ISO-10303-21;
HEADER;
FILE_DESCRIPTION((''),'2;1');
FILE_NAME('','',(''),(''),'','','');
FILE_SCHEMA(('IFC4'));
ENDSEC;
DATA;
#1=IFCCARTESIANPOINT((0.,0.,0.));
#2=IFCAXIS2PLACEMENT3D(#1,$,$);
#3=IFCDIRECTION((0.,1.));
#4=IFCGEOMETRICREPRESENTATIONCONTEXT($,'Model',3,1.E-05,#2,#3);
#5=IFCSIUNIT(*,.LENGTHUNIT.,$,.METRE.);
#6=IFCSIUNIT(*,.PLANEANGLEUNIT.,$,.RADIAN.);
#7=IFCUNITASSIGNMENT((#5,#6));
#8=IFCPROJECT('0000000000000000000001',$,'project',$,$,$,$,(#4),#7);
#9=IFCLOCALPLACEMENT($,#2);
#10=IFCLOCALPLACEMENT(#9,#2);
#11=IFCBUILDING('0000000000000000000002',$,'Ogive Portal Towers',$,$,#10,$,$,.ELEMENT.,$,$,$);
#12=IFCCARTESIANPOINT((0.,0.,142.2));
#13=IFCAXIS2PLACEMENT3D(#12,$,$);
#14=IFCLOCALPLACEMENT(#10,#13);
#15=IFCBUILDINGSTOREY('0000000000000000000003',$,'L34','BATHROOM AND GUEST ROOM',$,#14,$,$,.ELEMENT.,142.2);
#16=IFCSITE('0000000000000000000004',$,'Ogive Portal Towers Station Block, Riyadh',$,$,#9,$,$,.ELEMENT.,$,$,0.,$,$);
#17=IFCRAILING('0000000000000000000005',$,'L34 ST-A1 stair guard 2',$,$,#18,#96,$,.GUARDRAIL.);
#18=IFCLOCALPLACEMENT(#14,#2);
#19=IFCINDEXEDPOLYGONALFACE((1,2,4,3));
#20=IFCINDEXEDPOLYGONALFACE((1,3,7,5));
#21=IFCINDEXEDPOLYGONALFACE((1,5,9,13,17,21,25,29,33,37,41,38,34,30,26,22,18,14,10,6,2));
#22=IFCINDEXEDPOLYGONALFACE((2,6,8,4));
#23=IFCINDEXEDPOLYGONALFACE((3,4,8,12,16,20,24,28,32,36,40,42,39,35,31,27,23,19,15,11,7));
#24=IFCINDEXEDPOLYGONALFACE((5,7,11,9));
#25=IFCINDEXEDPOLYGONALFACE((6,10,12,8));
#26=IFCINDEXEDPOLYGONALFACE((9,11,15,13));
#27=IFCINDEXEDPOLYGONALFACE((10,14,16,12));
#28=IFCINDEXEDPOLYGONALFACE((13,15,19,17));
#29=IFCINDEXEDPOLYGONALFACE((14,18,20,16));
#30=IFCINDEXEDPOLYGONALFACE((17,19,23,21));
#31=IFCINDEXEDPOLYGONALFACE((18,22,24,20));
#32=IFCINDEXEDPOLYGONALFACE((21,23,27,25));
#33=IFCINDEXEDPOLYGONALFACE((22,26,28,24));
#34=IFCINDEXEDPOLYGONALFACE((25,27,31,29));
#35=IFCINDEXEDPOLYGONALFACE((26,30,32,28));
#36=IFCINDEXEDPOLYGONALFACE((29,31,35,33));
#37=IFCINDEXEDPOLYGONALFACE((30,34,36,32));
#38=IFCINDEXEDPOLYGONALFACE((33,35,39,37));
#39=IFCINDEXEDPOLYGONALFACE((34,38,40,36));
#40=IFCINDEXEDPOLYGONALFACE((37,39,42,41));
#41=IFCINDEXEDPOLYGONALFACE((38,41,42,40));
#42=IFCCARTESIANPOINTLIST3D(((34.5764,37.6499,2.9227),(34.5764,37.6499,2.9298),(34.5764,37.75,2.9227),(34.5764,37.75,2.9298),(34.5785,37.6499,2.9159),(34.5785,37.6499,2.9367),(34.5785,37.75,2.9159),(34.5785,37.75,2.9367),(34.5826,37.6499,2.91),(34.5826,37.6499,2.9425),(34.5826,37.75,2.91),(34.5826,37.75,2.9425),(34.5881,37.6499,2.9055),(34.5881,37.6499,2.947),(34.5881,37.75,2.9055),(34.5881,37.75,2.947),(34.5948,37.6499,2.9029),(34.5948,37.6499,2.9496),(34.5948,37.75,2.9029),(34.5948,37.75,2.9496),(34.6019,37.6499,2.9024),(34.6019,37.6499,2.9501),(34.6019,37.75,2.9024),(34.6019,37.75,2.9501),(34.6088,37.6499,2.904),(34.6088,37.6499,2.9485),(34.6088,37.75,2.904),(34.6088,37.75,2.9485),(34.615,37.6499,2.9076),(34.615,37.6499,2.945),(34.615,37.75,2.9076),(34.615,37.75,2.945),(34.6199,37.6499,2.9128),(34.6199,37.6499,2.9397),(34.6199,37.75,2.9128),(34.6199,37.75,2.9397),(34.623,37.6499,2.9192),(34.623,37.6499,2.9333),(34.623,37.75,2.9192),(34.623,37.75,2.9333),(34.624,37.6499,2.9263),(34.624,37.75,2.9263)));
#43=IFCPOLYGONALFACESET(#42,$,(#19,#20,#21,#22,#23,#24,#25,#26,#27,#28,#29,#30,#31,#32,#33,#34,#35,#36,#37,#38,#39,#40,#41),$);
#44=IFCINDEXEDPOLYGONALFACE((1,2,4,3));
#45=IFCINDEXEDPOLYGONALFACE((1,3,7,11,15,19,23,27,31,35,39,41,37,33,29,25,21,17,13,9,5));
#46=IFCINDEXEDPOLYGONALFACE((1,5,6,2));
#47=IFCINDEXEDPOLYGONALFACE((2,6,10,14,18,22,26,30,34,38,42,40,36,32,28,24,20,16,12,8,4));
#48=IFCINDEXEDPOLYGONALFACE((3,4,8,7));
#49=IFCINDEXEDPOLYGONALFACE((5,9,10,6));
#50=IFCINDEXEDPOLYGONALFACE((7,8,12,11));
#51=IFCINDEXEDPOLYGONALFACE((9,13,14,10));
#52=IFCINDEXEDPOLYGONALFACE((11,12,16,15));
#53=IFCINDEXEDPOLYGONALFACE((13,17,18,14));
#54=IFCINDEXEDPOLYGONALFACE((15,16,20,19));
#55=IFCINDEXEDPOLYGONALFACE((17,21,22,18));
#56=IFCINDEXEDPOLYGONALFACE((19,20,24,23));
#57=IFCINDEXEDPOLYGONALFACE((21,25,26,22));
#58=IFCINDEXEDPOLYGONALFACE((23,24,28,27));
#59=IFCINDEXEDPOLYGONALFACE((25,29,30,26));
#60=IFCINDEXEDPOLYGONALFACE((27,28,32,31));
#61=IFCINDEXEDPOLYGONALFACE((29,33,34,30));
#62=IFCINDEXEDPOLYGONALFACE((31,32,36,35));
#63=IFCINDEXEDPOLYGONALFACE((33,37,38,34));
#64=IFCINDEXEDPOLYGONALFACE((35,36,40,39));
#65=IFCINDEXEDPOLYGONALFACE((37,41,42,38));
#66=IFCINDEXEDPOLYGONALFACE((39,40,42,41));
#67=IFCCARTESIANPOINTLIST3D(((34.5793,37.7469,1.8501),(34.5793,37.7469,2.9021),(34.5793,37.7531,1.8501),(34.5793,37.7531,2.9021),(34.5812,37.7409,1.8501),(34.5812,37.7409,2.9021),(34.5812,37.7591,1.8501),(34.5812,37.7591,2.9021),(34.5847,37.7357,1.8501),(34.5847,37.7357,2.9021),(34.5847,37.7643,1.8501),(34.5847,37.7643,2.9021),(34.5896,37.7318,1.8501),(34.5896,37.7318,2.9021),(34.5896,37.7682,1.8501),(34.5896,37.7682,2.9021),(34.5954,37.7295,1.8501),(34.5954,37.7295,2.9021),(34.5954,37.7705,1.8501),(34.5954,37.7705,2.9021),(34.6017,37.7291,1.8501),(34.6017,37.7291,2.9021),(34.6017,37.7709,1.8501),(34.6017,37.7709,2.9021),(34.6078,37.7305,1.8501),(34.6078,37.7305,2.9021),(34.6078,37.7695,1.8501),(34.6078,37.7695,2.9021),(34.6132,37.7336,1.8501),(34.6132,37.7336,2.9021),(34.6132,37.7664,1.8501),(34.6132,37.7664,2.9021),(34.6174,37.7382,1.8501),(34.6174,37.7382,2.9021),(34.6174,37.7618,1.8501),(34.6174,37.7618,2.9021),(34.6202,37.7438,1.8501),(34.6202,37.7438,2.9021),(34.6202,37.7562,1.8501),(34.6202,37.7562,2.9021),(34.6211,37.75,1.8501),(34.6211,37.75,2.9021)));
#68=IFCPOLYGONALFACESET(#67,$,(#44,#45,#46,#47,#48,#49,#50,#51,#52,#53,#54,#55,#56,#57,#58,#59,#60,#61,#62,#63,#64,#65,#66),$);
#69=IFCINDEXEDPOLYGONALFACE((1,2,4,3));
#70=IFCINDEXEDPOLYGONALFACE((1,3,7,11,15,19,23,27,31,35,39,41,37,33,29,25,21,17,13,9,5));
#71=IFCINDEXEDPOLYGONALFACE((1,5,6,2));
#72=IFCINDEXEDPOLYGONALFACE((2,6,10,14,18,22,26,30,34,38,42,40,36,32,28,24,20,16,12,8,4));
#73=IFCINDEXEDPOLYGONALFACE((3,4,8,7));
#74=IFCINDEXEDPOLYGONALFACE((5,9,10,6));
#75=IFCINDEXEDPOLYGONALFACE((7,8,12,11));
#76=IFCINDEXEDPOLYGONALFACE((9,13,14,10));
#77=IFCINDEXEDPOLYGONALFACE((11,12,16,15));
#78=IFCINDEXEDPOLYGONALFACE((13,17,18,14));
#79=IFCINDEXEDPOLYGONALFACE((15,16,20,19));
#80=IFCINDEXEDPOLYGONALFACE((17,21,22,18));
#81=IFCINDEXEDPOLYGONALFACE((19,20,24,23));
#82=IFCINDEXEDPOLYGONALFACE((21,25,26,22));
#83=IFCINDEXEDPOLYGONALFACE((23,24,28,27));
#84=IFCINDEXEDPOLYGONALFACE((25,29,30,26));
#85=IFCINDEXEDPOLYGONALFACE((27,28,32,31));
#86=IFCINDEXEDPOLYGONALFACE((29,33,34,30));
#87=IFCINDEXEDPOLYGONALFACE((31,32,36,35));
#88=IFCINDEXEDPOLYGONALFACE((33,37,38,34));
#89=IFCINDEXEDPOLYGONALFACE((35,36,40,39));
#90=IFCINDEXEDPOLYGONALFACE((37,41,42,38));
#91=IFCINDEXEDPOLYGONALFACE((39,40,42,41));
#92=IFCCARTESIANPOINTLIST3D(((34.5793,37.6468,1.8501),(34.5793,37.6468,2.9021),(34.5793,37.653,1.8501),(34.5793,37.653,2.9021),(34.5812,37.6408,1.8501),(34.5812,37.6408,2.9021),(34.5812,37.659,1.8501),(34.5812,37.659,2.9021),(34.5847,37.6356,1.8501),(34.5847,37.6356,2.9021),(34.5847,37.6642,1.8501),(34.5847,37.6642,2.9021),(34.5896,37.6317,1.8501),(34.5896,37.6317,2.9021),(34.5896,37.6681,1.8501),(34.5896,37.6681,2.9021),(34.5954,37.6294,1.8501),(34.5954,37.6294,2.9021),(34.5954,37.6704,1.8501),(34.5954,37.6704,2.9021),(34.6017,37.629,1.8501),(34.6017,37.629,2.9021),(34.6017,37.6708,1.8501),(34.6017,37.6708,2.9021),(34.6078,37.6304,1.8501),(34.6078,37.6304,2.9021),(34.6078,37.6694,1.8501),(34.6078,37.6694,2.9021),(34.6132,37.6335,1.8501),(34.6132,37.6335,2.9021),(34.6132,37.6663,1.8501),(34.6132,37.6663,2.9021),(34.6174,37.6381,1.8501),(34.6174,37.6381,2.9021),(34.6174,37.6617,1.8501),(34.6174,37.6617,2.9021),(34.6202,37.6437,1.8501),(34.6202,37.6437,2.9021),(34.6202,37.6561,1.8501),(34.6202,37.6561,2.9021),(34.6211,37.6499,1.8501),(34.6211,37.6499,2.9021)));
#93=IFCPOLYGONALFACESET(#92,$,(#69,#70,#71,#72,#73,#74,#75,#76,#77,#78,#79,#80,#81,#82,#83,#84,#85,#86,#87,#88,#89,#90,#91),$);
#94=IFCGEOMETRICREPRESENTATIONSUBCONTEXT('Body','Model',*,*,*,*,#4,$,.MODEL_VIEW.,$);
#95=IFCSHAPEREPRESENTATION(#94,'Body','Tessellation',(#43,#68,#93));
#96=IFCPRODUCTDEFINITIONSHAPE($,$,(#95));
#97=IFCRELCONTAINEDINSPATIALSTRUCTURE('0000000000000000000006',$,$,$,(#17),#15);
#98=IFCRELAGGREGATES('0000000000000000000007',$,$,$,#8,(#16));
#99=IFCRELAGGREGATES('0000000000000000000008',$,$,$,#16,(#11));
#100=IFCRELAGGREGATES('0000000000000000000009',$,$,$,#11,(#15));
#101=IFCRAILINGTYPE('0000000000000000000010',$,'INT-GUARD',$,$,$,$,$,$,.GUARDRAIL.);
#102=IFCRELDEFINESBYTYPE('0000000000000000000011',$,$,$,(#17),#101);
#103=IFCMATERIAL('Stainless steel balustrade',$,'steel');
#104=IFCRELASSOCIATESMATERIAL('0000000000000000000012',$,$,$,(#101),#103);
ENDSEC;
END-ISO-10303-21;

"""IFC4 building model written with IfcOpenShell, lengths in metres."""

from ifc_helpers import new_model, si_unit, direction, frame, origin, origin_2d, place, context, subcontext, project, spatial, circle, extrude, material, type_object, element, save


model = new_model("IFC4")

# Units and contexts
model_context = context("Model", 3, precision=1e-05, world=origin(), true_north=direction((0.0, 1.0)))
body_context = subcontext(model_context, "Body", "Model", "MODEL_VIEW")
ifc_project = project(units=[si_unit("LENGTHUNIT", "METRE"), si_unit("PLANEANGLEUNIT", "RADIAN")], contexts=[model_context])

# Site, building, storey
site_placement = place(None, origin())
site = spatial("IfcSite", under=ifc_project, at=site_placement, Name="Ogive Portal Towers Station Block, Riyadh", CompositionType="ELEMENT", RefElevation=0.0)
building_placement = place(site_placement, origin())
building = spatial("IfcBuilding", under=site, at=building_placement, Name="Ogive Portal Towers", CompositionType="ELEMENT")
storey_placement = place(building_placement, frame((0.0, 0.0, 142.2)))
storey = spatial("IfcBuildingStorey", under=building, at=storey_placement, Name="L34", Description="BATHROOM AND GUEST ROOM", CompositionType="ELEMENT", Elevation=142.2)

# Railing
ifc_material_1 = material(Name="Stainless steel balustrade", Category="steel")
railing_type = type_object("IfcRailingType", Name="INT-GUARD", PredefinedType="GUARDRAIL", material=ifc_material_1)
railing_1_placement = place(storey_placement, frame((34.6001, 37.75, 1.8501)))
element("IfcRailing", 1, at=railing_1_placement, inside=storey, type_object=railing_type, Name="L34 ST-A1 stair guard 2", PredefinedType="GUARDRAIL", context=body_context, shape_type="SweptSolid", body=[
    extrude(circle(Radius=0.0239, at=origin_2d()), frame((0.0, 0.0, 1.0762), z_axis=(0.0, -1.0, 0.0), x_axis=(1.0, 0.0, 0.0)), (0.0, 0.0, 1.0), 0.1001),
    extrude(circle(Radius=0.021, at=origin_2d()), origin(), (0.0, 0.0, 1.0), 1.052),
    extrude(circle(Radius=0.021, at=origin_2d()), frame((0.0, -0.1001, 0.0)), (0.0, 0.0, 1.0), 1.052),
])

save(model, "model.ifc")
